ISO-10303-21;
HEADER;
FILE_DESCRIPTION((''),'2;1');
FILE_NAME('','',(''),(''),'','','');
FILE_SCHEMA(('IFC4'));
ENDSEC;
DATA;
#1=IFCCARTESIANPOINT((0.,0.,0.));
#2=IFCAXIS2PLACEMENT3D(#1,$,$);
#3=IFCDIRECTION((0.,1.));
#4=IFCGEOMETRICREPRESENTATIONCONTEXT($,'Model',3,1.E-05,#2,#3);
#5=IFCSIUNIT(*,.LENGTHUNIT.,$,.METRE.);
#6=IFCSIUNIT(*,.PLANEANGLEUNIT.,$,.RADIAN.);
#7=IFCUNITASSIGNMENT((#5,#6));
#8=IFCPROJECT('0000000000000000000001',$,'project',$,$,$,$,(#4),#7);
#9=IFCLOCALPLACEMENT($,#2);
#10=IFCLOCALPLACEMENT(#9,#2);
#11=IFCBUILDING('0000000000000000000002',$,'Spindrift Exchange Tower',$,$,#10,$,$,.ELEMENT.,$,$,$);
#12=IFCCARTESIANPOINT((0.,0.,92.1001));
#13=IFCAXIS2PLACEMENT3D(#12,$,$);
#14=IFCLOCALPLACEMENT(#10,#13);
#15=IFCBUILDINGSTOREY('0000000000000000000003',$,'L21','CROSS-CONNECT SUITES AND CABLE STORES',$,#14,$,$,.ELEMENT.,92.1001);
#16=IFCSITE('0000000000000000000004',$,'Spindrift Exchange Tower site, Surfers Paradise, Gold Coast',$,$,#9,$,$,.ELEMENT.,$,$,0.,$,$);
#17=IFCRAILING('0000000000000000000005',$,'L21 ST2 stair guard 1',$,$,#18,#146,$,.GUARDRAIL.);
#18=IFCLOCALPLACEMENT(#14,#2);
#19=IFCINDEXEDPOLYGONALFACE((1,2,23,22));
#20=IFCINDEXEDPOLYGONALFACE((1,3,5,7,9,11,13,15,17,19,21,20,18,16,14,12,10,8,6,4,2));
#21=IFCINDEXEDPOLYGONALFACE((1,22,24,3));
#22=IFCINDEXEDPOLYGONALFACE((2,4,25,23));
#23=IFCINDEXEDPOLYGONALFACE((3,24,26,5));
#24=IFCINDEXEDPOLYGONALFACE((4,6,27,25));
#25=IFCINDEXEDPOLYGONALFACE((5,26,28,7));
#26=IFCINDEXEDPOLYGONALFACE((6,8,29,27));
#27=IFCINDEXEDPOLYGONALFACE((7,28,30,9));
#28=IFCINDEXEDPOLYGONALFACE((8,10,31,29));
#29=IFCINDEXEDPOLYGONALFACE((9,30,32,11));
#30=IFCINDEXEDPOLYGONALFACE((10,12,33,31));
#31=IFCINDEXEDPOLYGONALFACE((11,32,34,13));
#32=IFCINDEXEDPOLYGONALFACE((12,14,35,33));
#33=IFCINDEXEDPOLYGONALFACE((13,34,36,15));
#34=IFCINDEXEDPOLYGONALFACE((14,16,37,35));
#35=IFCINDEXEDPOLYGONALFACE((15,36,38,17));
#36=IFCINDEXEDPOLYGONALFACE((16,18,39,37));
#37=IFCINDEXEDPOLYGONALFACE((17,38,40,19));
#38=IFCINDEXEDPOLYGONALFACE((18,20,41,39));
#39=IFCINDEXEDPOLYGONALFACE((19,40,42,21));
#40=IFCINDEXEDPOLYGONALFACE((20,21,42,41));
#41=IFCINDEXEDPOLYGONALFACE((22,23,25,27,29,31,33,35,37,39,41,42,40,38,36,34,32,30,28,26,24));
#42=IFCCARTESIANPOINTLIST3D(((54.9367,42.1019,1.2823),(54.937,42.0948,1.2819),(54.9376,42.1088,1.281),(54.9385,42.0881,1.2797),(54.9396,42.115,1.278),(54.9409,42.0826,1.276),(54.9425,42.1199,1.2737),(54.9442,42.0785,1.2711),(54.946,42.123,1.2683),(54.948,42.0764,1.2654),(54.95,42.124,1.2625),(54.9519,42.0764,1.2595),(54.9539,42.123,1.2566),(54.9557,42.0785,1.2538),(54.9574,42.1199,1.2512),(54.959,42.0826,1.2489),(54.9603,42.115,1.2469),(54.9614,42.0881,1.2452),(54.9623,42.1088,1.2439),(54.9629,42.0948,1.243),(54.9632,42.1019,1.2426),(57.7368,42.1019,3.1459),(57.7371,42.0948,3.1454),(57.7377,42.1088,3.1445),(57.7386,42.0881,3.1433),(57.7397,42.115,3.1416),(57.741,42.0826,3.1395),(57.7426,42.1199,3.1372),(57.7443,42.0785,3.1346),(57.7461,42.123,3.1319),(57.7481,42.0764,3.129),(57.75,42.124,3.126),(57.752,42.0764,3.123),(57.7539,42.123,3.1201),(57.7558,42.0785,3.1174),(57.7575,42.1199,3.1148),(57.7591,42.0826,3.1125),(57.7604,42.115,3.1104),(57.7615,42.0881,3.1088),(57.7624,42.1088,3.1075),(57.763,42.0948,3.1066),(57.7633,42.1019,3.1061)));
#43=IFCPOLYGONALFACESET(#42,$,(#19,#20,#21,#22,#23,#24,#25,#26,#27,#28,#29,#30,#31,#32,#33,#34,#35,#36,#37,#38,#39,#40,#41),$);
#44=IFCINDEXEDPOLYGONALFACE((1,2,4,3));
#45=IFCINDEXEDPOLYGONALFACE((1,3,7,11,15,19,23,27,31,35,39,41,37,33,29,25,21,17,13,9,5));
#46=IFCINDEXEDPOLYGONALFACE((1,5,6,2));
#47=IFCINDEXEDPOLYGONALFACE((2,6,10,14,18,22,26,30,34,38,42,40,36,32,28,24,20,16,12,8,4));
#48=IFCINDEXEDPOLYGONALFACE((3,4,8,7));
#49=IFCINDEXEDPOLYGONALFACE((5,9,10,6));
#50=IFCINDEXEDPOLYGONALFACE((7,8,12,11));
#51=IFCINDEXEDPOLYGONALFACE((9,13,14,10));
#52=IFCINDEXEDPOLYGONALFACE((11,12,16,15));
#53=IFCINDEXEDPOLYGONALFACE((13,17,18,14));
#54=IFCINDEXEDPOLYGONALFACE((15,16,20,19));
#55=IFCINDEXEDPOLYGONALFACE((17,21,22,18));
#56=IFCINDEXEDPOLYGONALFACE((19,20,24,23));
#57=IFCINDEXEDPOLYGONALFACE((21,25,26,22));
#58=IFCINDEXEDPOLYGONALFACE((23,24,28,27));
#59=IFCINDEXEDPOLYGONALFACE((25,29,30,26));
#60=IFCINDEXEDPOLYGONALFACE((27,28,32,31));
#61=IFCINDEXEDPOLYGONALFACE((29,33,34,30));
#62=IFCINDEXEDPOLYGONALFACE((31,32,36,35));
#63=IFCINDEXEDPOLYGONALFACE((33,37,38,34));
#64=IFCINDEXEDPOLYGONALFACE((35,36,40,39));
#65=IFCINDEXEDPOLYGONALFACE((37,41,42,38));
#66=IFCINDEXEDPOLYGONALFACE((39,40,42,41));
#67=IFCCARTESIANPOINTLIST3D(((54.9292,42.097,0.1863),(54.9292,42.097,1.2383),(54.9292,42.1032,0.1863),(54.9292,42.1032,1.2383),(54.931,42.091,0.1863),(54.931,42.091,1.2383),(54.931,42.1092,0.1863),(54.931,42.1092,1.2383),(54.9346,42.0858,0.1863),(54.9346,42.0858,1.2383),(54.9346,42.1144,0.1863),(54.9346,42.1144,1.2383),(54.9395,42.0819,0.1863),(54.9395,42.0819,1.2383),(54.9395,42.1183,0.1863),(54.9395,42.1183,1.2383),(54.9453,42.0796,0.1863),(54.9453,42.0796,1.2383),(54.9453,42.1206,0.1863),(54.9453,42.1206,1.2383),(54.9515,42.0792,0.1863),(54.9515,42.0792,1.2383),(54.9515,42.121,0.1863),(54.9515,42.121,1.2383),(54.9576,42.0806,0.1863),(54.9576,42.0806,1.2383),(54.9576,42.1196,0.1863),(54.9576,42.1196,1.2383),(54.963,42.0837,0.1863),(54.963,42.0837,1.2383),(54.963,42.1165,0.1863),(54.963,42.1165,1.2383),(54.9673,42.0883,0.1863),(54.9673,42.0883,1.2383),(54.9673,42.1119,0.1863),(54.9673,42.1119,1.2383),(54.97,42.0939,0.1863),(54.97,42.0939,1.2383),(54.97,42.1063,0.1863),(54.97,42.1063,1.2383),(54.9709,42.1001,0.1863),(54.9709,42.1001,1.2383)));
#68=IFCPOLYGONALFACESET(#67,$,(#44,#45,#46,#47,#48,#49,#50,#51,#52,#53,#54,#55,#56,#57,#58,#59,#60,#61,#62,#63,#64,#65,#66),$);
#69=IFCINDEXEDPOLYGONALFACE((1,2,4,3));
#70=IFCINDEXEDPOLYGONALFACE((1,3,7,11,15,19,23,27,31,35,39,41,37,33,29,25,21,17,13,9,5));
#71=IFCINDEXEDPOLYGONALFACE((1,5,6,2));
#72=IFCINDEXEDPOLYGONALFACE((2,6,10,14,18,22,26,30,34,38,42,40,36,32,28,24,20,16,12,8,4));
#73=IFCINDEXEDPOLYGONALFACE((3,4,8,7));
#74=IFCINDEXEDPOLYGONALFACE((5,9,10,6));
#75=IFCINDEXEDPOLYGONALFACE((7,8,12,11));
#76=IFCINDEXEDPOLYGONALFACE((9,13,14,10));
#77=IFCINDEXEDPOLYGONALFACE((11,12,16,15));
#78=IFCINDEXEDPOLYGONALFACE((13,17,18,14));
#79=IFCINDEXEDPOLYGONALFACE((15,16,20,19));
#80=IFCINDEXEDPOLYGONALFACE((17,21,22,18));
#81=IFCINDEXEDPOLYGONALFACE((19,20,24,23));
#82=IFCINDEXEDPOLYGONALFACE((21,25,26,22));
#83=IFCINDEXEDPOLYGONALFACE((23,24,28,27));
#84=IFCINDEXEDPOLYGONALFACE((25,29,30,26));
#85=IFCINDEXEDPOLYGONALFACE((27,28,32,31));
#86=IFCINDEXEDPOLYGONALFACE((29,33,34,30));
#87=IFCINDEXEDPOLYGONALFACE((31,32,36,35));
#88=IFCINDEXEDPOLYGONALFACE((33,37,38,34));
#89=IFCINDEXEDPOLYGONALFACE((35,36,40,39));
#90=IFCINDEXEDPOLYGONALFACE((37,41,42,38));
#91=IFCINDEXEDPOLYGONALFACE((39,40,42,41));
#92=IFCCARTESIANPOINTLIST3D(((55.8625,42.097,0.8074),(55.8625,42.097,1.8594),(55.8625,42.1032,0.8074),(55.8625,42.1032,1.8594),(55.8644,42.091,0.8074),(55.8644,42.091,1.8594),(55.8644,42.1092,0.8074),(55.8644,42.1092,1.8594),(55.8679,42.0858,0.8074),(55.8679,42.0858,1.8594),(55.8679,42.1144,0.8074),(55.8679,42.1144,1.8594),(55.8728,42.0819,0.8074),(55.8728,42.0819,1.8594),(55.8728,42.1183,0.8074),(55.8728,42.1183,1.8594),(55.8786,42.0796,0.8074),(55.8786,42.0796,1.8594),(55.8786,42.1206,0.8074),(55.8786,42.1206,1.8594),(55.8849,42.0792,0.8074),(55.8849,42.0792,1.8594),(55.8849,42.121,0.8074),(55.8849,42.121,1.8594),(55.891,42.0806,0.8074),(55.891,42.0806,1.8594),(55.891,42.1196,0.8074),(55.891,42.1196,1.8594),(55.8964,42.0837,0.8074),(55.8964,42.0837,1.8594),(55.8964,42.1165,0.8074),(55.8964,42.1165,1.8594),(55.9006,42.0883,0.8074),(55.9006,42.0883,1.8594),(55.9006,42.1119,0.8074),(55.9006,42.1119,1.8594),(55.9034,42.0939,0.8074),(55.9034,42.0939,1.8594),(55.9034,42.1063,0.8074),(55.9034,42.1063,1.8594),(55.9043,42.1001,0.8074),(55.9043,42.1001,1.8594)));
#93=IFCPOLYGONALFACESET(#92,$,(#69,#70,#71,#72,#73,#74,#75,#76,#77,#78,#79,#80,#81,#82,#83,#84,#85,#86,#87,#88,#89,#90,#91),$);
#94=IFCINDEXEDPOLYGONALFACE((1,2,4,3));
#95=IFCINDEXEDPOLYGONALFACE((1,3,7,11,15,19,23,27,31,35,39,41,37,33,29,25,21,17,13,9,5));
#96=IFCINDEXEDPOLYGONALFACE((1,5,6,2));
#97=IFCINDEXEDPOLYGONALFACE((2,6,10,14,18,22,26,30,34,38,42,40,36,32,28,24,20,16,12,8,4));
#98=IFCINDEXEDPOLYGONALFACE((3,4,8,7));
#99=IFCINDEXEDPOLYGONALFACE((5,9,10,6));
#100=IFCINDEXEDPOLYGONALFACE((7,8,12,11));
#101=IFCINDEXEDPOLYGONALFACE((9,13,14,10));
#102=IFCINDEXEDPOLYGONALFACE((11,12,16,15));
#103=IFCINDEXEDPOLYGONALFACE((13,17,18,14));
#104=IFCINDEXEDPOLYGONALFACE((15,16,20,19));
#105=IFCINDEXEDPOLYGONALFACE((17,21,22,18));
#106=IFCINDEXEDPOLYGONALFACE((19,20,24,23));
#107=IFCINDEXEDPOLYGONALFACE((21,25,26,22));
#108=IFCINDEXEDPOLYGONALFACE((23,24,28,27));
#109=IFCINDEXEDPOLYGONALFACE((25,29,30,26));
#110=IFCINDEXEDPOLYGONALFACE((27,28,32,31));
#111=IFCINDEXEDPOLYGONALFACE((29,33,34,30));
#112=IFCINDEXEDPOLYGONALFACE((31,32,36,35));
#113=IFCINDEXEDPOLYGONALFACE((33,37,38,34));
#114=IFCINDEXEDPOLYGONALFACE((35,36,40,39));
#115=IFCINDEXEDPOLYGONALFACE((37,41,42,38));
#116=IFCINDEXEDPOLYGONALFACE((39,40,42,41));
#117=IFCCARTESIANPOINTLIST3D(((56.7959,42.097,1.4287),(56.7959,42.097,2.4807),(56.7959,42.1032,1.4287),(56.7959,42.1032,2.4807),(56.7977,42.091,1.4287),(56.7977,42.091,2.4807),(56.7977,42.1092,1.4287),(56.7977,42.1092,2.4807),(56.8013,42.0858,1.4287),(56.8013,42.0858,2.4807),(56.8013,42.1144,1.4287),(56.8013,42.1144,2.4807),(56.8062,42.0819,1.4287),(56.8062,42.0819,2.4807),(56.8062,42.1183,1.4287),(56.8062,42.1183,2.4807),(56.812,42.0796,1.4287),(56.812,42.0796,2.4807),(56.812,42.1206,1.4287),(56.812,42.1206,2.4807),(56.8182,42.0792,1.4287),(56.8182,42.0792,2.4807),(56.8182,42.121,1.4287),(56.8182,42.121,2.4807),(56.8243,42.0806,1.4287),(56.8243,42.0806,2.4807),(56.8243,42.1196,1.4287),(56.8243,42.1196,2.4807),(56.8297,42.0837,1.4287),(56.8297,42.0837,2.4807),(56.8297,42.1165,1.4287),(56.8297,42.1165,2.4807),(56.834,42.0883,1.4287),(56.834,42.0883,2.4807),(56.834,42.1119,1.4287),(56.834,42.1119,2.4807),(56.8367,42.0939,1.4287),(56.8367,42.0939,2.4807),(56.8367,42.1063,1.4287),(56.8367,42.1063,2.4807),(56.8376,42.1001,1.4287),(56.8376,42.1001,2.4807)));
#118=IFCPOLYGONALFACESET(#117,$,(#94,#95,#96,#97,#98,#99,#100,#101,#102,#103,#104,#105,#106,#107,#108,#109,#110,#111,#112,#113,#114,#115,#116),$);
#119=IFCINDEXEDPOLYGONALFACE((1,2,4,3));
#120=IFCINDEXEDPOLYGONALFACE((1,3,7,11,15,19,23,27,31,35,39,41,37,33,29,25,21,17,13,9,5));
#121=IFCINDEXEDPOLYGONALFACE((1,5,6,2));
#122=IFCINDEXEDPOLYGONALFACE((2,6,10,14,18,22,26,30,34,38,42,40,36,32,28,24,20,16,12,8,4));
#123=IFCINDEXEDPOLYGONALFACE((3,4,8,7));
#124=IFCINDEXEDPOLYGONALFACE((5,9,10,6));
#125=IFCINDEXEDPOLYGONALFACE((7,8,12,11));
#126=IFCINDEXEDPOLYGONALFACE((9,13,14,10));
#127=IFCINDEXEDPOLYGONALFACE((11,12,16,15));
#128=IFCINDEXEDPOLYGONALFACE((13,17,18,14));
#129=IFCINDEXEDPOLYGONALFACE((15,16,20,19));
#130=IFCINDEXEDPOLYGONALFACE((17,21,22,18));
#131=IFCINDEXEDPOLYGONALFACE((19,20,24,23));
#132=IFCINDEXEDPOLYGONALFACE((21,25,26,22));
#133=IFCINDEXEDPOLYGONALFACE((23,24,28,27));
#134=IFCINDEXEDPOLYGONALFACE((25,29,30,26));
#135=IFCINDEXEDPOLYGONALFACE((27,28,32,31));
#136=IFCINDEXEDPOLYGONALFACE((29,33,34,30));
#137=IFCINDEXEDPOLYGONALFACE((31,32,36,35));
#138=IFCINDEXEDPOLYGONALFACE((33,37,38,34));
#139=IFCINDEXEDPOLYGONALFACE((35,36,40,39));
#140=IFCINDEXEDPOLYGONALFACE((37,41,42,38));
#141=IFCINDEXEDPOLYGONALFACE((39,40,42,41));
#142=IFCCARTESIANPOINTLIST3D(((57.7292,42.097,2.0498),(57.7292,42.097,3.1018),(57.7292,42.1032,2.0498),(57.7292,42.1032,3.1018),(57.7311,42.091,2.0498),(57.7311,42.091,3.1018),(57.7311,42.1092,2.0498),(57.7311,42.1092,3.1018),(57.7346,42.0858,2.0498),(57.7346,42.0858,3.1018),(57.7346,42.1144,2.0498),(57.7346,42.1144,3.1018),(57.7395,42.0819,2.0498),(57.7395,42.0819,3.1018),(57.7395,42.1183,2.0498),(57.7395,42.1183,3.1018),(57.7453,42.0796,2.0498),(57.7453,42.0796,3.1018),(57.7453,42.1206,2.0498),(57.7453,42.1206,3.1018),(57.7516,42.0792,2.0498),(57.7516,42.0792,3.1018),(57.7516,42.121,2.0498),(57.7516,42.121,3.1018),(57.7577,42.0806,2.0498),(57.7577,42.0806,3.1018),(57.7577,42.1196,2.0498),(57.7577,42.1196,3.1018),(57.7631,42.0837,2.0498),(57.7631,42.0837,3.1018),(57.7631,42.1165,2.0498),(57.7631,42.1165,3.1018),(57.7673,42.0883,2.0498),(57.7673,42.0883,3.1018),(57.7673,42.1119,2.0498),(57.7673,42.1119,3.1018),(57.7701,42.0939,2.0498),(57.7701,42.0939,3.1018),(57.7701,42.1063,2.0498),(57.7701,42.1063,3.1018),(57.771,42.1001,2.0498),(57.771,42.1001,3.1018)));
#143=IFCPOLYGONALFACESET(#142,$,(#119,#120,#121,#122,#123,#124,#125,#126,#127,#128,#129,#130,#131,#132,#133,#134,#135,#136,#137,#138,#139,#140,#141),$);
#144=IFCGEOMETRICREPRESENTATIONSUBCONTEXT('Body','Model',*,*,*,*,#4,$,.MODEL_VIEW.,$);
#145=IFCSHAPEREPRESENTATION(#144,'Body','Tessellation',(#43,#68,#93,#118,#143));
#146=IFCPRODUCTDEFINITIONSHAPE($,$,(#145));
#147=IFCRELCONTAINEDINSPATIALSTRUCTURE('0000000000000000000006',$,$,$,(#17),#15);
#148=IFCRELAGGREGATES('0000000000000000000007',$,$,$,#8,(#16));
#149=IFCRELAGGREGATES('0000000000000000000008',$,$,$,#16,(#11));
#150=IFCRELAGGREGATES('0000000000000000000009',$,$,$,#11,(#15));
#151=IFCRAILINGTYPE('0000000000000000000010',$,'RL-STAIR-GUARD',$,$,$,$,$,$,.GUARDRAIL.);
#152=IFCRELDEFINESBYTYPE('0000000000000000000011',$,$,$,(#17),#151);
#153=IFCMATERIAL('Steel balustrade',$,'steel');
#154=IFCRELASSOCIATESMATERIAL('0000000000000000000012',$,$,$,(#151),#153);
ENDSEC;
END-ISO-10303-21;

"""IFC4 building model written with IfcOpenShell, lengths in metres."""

from ifc_helpers import new_model, si_unit, direction, frame, origin, origin_2d, place, context, subcontext, project, spatial, circle, extrude, material, type_object, element, save


model = new_model("IFC4")

# Units and contexts
model_context = context("Model", 3, precision=1e-05, world=origin(), true_north=direction((0.0, 1.0)))
body_context = subcontext(model_context, "Body", "Model", "MODEL_VIEW")
ifc_project = project(units=[si_unit("LENGTHUNIT", "METRE"), si_unit("PLANEANGLEUNIT", "RADIAN")], contexts=[model_context])

# Site, building, storey
site_placement = place(None, origin())
site = spatial("IfcSite", under=ifc_project, at=site_placement, Name="Spindrift Exchange Tower site, Surfers Paradise, Gold Coast", CompositionType="ELEMENT", RefElevation=0.0)
building_placement = place(site_placement, origin())
building = spatial("IfcBuilding", under=site, at=building_placement, Name="Spindrift Exchange Tower", CompositionType="ELEMENT")
storey_placement = place(building_placement, frame((0.0, 0.0, 92.1001)))
storey = spatial("IfcBuildingStorey", under=building, at=storey_placement, Name="L21", Description="CROSS-CONNECT SUITES AND CABLE STORES", CompositionType="ELEMENT", Elevation=92.1001)

# Railing
ifc_material_1 = material(Name="Steel balustrade", Category="steel")
railing_type_1 = type_object("IfcRailingType", Name="RL-STAIR-GUARD", PredefinedType="GUARDRAIL", material=ifc_material_1)
railing_1_placement = place(storey_placement, frame((54.95, 42.1001, 0.1863)))
element("IfcRailing", 1, at=railing_1_placement, inside=storey, type_object=railing_type_1, Name="L21 ST2 stair guard 1", PredefinedType="GUARDRAIL", context=body_context, shape_type="SweptSolid", body=[
    extrude(circle(Radius=0.0239, at=origin_2d()), frame((0.0, 0.0, 1.0762), z_axis=(0.832486, 0.0, 0.554047), x_axis=(0.0, 1.0, 0.0)), (0.0, 0.0, 1.0), 3.3635),
    extrude(circle(Radius=0.021, at=origin_2d()), origin(), (0.0, 0.0, 1.0), 1.052),
    extrude(circle(Radius=0.021, at=origin_2d()), frame((0.9333, 0.0, 0.6211)), (0.0, 0.0, 1.0), 1.052),
    extrude(circle(Radius=0.021, at=origin_2d()), frame((1.8667, 0.0, 1.2424)), (0.0, 0.0, 1.0), 1.052),
    extrude(circle(Radius=0.021, at=origin_2d()), frame((2.8, 0.0, 1.8635)), (0.0, 0.0, 1.0), 1.052),
])

save(model, "model.ifc")
